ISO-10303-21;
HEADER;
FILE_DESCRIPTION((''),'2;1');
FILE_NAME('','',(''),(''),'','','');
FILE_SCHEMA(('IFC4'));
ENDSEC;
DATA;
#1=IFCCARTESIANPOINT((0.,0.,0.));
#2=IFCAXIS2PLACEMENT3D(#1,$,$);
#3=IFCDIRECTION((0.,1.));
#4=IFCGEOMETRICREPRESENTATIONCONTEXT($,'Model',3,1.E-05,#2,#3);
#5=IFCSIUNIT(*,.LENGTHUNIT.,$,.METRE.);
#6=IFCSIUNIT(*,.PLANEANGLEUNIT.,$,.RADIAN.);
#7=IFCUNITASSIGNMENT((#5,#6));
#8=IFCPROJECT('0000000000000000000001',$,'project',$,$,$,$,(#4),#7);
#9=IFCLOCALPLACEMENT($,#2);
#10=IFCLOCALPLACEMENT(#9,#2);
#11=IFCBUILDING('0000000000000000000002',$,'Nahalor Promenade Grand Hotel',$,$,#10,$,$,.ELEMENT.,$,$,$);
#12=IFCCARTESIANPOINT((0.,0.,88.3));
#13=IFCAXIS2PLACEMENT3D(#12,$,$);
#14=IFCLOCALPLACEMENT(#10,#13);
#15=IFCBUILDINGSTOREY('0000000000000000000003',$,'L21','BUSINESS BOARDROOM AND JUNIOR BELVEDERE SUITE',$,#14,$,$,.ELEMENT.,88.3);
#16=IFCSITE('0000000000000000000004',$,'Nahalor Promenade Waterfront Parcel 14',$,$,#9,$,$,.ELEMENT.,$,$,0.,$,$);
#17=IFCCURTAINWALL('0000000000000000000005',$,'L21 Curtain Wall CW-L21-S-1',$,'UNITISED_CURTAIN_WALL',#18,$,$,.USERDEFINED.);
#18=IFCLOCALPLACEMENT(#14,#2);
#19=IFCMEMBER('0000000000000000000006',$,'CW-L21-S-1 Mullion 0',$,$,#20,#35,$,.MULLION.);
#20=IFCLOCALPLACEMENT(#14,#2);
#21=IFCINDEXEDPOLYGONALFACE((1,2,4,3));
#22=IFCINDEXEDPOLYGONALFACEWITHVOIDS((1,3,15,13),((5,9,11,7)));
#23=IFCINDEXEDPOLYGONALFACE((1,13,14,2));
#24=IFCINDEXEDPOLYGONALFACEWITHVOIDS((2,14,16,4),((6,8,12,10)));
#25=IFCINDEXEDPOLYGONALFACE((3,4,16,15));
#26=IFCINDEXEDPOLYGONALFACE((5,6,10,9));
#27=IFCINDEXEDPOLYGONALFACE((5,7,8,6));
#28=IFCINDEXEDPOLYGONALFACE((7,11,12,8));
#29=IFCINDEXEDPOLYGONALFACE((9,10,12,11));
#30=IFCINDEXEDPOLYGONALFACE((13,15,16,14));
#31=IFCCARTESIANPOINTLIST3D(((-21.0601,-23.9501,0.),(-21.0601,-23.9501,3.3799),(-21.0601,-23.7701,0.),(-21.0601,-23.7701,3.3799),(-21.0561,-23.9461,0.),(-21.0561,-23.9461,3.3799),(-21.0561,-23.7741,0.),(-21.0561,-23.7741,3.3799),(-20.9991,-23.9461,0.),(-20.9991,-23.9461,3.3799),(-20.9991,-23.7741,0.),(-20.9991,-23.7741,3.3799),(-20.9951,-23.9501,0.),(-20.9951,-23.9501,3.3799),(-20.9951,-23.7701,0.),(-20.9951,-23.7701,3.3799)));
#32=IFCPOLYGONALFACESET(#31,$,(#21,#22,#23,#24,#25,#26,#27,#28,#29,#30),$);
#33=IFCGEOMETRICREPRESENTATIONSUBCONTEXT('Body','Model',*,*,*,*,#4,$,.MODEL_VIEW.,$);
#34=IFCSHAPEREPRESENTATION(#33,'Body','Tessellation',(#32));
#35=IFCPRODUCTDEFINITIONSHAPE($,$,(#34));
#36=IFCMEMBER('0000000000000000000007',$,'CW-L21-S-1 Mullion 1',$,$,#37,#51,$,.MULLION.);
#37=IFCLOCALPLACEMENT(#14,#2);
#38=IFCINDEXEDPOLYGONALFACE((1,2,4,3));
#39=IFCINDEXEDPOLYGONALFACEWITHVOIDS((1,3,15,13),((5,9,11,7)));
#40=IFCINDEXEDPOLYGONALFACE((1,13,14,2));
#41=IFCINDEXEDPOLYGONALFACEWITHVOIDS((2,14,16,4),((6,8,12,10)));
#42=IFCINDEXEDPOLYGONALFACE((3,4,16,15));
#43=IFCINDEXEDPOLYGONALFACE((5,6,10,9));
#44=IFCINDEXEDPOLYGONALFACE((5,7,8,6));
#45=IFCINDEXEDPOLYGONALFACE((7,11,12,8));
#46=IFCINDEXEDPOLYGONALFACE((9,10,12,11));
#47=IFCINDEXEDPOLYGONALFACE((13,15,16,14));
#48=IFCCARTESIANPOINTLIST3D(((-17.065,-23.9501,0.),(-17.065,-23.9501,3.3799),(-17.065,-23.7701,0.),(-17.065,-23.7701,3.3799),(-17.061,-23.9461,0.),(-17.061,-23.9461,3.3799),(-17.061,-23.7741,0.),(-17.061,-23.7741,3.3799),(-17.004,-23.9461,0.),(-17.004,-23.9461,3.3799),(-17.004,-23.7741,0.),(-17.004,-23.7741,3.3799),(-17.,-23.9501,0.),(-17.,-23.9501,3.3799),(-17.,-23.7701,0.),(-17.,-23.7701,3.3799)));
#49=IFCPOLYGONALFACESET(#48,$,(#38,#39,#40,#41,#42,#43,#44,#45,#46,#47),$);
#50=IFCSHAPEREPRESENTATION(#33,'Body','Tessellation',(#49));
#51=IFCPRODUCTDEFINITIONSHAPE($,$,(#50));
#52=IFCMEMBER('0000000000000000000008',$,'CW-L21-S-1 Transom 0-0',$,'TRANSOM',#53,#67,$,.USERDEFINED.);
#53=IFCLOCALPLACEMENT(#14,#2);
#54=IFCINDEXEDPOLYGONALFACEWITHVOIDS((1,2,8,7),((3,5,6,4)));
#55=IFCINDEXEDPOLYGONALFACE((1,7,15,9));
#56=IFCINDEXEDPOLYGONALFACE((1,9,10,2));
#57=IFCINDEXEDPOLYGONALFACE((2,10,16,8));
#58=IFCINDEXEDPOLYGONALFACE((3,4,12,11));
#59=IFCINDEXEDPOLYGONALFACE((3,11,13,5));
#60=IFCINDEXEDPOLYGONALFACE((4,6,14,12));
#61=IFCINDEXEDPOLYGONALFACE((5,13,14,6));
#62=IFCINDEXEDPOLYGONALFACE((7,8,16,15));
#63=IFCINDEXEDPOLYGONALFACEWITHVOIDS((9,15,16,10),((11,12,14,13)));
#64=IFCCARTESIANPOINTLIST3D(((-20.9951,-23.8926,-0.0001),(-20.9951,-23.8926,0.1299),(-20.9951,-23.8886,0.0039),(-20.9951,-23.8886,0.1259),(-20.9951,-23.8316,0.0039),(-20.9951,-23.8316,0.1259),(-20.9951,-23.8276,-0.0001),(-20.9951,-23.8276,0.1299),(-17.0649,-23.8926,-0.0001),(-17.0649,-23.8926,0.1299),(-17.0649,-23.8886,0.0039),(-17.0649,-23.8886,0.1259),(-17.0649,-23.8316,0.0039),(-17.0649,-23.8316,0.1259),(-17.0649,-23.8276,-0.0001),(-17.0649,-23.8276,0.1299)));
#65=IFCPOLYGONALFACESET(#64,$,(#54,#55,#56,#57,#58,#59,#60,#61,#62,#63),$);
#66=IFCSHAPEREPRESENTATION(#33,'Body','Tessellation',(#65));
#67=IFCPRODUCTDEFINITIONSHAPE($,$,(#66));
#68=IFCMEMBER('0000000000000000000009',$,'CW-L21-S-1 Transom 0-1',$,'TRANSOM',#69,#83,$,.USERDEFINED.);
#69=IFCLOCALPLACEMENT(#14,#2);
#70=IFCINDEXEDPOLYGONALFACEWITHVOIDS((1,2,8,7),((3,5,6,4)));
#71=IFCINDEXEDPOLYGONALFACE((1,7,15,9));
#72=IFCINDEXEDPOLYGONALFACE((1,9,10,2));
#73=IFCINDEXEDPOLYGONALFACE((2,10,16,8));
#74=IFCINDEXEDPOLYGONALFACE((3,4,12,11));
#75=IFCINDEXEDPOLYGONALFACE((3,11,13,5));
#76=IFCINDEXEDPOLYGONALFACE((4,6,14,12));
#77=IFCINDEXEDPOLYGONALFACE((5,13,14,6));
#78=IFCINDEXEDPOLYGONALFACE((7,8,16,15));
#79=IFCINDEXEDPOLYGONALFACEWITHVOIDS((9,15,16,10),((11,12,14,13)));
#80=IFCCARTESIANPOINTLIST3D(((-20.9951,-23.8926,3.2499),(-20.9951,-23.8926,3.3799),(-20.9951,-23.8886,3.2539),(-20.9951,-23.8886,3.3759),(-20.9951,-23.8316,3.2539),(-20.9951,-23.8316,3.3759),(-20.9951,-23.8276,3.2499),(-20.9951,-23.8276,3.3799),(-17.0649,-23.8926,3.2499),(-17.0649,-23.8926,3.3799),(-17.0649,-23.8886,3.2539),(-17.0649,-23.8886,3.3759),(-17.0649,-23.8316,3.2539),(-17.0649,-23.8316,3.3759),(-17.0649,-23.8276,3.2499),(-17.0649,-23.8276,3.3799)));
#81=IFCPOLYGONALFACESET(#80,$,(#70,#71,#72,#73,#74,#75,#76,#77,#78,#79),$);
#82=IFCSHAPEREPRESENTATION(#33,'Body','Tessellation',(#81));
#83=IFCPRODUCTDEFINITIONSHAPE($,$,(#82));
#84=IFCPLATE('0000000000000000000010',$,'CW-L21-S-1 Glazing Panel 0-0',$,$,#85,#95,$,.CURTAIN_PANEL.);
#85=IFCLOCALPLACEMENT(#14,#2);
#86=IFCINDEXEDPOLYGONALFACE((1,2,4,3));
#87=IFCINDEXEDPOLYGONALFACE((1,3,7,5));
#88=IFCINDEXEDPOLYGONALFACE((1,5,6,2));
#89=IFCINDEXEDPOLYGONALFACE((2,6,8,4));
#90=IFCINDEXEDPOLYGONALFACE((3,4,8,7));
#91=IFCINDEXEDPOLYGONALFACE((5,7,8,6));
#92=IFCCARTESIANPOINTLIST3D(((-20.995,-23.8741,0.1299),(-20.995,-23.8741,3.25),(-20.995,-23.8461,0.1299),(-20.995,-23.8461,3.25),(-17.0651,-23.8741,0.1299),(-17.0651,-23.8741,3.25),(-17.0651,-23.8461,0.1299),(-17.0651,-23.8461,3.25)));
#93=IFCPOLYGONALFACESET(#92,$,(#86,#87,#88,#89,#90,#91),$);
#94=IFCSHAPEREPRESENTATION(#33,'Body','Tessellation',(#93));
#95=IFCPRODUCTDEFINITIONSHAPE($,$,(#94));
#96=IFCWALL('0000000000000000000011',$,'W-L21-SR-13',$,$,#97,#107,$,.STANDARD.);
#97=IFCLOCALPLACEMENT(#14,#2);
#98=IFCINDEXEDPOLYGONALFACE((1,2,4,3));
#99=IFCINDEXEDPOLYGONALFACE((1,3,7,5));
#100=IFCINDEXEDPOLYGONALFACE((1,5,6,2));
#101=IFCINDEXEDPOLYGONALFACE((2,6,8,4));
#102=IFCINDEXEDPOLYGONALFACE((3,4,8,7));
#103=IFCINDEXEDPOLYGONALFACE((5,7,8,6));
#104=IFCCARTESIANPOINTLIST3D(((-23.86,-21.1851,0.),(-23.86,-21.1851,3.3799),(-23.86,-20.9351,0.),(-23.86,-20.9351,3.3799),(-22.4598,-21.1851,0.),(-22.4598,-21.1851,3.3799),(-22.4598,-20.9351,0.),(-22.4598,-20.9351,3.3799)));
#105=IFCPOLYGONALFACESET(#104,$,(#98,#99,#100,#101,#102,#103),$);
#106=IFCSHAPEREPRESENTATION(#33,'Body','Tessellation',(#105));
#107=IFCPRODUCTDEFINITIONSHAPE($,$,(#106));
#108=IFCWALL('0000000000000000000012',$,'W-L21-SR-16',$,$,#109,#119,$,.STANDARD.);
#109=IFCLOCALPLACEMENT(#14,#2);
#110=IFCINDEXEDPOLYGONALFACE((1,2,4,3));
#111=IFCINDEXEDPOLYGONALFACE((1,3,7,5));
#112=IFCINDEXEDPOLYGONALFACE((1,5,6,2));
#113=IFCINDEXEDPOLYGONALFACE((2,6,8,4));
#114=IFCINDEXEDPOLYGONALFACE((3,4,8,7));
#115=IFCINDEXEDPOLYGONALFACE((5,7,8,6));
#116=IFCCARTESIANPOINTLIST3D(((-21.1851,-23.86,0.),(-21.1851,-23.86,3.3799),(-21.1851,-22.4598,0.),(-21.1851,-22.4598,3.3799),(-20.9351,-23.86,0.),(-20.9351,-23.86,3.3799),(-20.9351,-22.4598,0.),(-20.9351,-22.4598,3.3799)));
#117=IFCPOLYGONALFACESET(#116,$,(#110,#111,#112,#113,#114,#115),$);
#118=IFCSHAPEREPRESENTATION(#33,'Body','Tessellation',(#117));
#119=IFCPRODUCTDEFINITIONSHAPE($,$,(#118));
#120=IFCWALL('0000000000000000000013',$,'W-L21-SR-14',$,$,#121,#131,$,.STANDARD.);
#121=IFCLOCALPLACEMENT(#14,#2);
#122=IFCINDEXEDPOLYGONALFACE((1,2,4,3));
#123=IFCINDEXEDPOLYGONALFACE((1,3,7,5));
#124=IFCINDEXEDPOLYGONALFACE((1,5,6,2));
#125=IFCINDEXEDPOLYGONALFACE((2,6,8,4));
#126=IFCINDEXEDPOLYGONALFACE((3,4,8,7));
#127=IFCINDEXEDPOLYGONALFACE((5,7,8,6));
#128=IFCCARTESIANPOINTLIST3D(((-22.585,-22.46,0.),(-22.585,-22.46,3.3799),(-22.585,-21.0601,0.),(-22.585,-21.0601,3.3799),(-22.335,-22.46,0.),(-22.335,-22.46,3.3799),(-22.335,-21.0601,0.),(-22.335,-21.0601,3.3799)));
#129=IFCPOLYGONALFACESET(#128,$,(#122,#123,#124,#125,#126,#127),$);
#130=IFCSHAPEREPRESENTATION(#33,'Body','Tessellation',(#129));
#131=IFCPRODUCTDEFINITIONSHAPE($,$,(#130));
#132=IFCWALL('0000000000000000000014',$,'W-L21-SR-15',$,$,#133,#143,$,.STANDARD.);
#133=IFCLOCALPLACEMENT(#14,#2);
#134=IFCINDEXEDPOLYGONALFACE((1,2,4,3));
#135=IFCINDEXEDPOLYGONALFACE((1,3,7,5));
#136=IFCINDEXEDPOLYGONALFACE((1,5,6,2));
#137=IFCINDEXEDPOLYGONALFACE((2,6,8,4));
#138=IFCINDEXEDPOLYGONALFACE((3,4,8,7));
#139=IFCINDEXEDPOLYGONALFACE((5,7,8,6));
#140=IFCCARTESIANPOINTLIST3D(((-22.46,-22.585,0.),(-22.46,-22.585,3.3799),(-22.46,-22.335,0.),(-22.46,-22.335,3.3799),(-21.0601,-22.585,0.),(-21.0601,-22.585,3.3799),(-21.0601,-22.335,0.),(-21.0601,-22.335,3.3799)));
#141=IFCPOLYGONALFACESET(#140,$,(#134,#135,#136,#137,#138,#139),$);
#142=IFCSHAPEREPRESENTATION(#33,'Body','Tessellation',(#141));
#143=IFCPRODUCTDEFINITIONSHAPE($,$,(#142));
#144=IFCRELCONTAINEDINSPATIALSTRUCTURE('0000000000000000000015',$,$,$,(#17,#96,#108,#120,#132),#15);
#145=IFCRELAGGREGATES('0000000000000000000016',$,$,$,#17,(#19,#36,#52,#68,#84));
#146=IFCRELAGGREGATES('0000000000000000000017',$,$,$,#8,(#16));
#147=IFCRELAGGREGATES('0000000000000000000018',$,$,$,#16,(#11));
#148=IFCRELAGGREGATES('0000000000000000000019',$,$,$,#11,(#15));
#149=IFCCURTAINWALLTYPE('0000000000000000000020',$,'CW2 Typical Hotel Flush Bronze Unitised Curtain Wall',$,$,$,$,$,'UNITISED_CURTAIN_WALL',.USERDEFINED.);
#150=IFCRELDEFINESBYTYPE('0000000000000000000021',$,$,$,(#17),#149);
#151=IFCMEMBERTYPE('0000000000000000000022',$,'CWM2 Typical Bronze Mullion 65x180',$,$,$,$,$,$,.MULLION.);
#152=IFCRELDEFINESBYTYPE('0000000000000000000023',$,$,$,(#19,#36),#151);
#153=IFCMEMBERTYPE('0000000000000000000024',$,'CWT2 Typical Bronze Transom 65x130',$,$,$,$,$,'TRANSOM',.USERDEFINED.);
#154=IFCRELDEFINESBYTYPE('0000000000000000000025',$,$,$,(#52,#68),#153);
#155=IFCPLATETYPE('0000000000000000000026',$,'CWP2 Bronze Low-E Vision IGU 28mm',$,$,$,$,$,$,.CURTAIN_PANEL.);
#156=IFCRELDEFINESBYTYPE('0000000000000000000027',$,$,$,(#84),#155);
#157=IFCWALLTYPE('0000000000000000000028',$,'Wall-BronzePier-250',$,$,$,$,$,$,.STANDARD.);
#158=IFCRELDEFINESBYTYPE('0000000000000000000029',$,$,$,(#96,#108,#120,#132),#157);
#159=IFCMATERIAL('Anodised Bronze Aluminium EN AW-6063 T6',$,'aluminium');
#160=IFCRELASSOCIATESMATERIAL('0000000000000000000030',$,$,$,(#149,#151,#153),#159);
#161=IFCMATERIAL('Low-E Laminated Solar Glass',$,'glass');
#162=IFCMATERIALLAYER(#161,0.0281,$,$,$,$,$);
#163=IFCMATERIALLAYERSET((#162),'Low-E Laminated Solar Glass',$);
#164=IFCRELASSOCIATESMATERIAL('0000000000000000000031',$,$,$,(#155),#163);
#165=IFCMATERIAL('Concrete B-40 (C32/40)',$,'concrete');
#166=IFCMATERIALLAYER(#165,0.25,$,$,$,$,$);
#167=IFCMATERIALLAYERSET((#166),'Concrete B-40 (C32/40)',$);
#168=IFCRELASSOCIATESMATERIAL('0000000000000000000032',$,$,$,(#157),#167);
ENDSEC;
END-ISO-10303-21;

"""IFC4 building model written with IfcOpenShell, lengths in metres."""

from ifc_helpers import new_model, si_unit, direction, frame, frame_2d, origin, origin_2d, place, context, subcontext, project, spatial, rectangle, hollow_rectangle, extrude, source, transform, mapped, material, layer, layer_set, material_profile, profile_set, type_object, element, aggregate, save


model = new_model("IFC4")

# Units and contexts
model_context = context("Model", 3, precision=1e-05, world=origin(), true_north=direction((0.0, 1.0)))
body_context = subcontext(model_context, "Body", "Model", "MODEL_VIEW")
ifc_project = project(units=[si_unit("LENGTHUNIT", "METRE"), si_unit("PLANEANGLEUNIT", "RADIAN")], contexts=[model_context])

# Site, building, storey
site_placement = place(None, origin())
site = spatial("IfcSite", under=ifc_project, at=site_placement, Name="Nahalor Promenade Waterfront Parcel 14", CompositionType="ELEMENT", RefElevation=0.0)
building_placement = place(site_placement, origin())
building = spatial("IfcBuilding", under=site, at=building_placement, Name="Nahalor Promenade Grand Hotel", CompositionType="ELEMENT")
storey_placement = place(building_placement, frame((0.0, 0.0, 88.3)))
storey = spatial("IfcBuildingStorey", under=building, at=storey_placement, Name="L21", Description="BUSINESS BOARDROOM AND JUNIOR BELVEDERE SUITE", CompositionType="ELEMENT", Elevation=88.3)

# Curtain wall, members, plate
ifc_material_1 = material(Name="Anodised Bronze Aluminium EN AW-6063 T6", Category="aluminium")
curtain_wall_type = type_object("IfcCurtainWallType", Name="CW2 Typical Hotel Flush Bronze Unitised Curtain Wall", ElementType="UNITISED_CURTAIN_WALL", PredefinedType="USERDEFINED", material=ifc_material_1)
curtain_wall_placement = place(storey_placement, origin())
curtain_wall = element("IfcCurtainWall", 1, at=curtain_wall_placement, inside=storey, type_object=curtain_wall_type, Name="L21 Curtain Wall CW-L21-S-1", ObjectType="UNITISED_CURTAIN_WALL", PredefinedType="USERDEFINED")
ifc_material_profile_1 = material_profile(ifc_material_1, hollow_rectangle(XDim=0.065, YDim=0.18, WallThickness=0.004, at=origin_2d()), Name="CWM 65x180x4")
ifc_profile_set_1 = profile_set([ifc_material_profile_1], Name="Anodised Bronze Aluminium EN AW-6063 T6")
member_type_1 = type_object("IfcMemberType", Name="CWM2 Typical Bronze Mullion 65x180", PredefinedType="MULLION", material=ifc_profile_set_1)
shared_shape_1 = source(origin(), body_context, "Body", "SweptSolid", [
    extrude(hollow_rectangle(XDim=0.065, YDim=0.18, WallThickness=0.004, at=origin_2d()), origin(), (0.0, 0.0, 1.0), 3.3799),
])
member_1_placement = place(storey_placement, frame((-21.0276, -23.8601, 0.0), z_axis=(0.0, 0.0, 1.0), x_axis=(1.0, 0.0, 0.0)))
member_1 = element("IfcMember", 2, at=member_1_placement, type_object=member_type_1, Name="CW-L21-S-1 Mullion 0", PredefinedType="MULLION", context=body_context, shape_type="MappedRepresentation", body=[
    mapped(shared_shape_1, transform((0.0, 0.0, 0.0), scale=1.0)),
])
member_2_placement = place(storey_placement, frame((-17.0325, -23.8601, 0.0), z_axis=(0.0, 0.0, 1.0), x_axis=(1.0, 0.0, 0.0)))
member_2 = element("IfcMember", 3, at=member_2_placement, type_object=member_type_1, Name="CW-L21-S-1 Mullion 1", PredefinedType="MULLION", context=body_context, shape_type="MappedRepresentation", body=[
    mapped(shared_shape_1, transform((0.0, 0.0, 0.0), scale=1.0)),
])
ifc_material_profile_2 = material_profile(ifc_material_1, hollow_rectangle(XDim=0.065, YDim=0.13, WallThickness=0.004, at=origin_2d()), Name="CWT 65x130x4")
ifc_profile_set_2 = profile_set([ifc_material_profile_2], Name="Anodised Bronze Aluminium EN AW-6063 T6")
member_type_2 = type_object("IfcMemberType", Name="CWT2 Typical Bronze Transom 65x130", ElementType="TRANSOM", PredefinedType="USERDEFINED", material=ifc_profile_set_2)
shared_shape_2 = source(origin(), body_context, "Body", "SweptSolid", [
    extrude(hollow_rectangle(XDim=0.065, YDim=0.13, WallThickness=0.004, at=origin_2d()), origin(), (0.0, 0.0, 1.0), 3.9302),
])
member_3_placement = place(storey_placement, frame((-20.9951, -23.8601, 0.0649), z_axis=(1.0, 0.0, 0.0), x_axis=(0.0, 1.0, 0.0)))
member_3 = element("IfcMember", 4, at=member_3_placement, type_object=member_type_2, Name="CW-L21-S-1 Transom 0-0", ObjectType="TRANSOM", PredefinedType="USERDEFINED", context=body_context, shape_type="MappedRepresentation", body=[
    mapped(shared_shape_2, transform((0.0, 0.0, 0.0), scale=1.0)),
])
member_4_placement = place(storey_placement, frame((-20.9951, -23.8601, 3.3149), z_axis=(1.0, 0.0, 0.0), x_axis=(0.0, 1.0, 0.0)))
member_4 = element("IfcMember", 5, at=member_4_placement, type_object=member_type_2, Name="CW-L21-S-1 Transom 0-1", ObjectType="TRANSOM", PredefinedType="USERDEFINED", context=body_context, shape_type="MappedRepresentation", body=[
    mapped(shared_shape_2, transform((0.0, 0.0, 0.0), scale=1.0)),
])
ifc_material_2 = material(Name="Low-E Laminated Solar Glass", Category="glass")
ifc_layer_1 = layer(ifc_material_2, 0.0281)
ifc_layer_set_1 = layer_set([ifc_layer_1], Name="Low-E Laminated Solar Glass")
plate_type = type_object("IfcPlateType", Name="CWP2 Bronze Low-E Vision IGU 28mm", PredefinedType="CURTAIN_PANEL", material=ifc_layer_set_1)
shared_shape_3 = source(origin(), body_context, "Body", "SweptSolid", [
    extrude(rectangle(XDim=3.9299, YDim=0.0281, at=origin_2d()), origin(), (0.0, 0.0, 1.0), 3.1201),
])
plate_placement = place(storey_placement, frame((-19.03, -23.8601, 0.1299), z_axis=(0.0, 0.0, 1.0), x_axis=(1.0, 0.0, 0.0)))
plate = element("IfcPlate", 6, at=plate_placement, type_object=plate_type, Name="CW-L21-S-1 Glazing Panel 0-0", PredefinedType="CURTAIN_PANEL", context=body_context, shape_type="MappedRepresentation", body=[
    mapped(shared_shape_3, transform((0.0, 0.0, 0.0), scale=1.0)),
])
aggregate(curtain_wall, [member_1, member_2, member_3, member_4, plate])

# Walls
ifc_material_3 = material(Name="Concrete B-40 (C32/40)", Category="concrete")
ifc_layer_2 = layer(ifc_material_3, 0.25)
ifc_layer_set_2 = layer_set([ifc_layer_2], Name="Concrete B-40 (C32/40)")
wall_type_1 = type_object("IfcWallType", Name="Wall-BronzePier-250", PredefinedType="STANDARD", material=ifc_layer_set_2)
shared_shape_4 = source(origin(), body_context, "Body", "SweptSolid", [
    extrude(rectangle(XDim=1.4001, YDim=0.25, at=frame_2d((0.7002, 0.0))), origin(), (0.0, 0.0, 1.0), 3.3799),
])
for number, where, z_axis, x_axis, name in (
    (7, (-23.8601, -21.0601, 0.0), (0.0, 0.0, 1.0), (1.0, 0.0, 0.0), "W-L21-SR-13"),
    (8, (-21.0601, -23.8601, 0.0), (0.0, 0.0, 1.0), (0.0, 1.0, 0.0), "W-L21-SR-16"),
):
    element("IfcWall", number, at=place(storey_placement, frame(where, z_axis=z_axis, x_axis=x_axis)), inside=storey, type_object=wall_type_1, Name=name, PredefinedType="STANDARD", context=body_context, shape_type="MappedRepresentation", body=[
        mapped(shared_shape_4, transform((0.0, 0.0, 0.0), scale=1.0)),
    ])
shared_shape_5 = source(origin(), body_context, "Body", "SweptSolid", [
    extrude(rectangle(XDim=1.3999, YDim=0.25, at=frame_2d((0.7, 0.0))), origin(), (0.0, 0.0, 1.0), 3.3799),
])
for number, where, z_axis, x_axis, name in (
    (9, (-22.46, -22.46, 0.0), (0.0, 0.0, 1.0), (0.0, 1.0, 0.0), "W-L21-SR-14"),
    (10, (-22.46, -22.46, 0.0), (0.0, 0.0, 1.0), (1.0, 0.0, 0.0), "W-L21-SR-15"),
):
    element("IfcWall", number, at=place(storey_placement, frame(where, z_axis=z_axis, x_axis=x_axis)), inside=storey, type_object=wall_type_1, Name=name, PredefinedType="STANDARD", context=body_context, shape_type="MappedRepresentation", body=[
        mapped(shared_shape_5, transform((0.0, 0.0, 0.0), scale=1.0)),
    ])

save(model, "model.ifc")
